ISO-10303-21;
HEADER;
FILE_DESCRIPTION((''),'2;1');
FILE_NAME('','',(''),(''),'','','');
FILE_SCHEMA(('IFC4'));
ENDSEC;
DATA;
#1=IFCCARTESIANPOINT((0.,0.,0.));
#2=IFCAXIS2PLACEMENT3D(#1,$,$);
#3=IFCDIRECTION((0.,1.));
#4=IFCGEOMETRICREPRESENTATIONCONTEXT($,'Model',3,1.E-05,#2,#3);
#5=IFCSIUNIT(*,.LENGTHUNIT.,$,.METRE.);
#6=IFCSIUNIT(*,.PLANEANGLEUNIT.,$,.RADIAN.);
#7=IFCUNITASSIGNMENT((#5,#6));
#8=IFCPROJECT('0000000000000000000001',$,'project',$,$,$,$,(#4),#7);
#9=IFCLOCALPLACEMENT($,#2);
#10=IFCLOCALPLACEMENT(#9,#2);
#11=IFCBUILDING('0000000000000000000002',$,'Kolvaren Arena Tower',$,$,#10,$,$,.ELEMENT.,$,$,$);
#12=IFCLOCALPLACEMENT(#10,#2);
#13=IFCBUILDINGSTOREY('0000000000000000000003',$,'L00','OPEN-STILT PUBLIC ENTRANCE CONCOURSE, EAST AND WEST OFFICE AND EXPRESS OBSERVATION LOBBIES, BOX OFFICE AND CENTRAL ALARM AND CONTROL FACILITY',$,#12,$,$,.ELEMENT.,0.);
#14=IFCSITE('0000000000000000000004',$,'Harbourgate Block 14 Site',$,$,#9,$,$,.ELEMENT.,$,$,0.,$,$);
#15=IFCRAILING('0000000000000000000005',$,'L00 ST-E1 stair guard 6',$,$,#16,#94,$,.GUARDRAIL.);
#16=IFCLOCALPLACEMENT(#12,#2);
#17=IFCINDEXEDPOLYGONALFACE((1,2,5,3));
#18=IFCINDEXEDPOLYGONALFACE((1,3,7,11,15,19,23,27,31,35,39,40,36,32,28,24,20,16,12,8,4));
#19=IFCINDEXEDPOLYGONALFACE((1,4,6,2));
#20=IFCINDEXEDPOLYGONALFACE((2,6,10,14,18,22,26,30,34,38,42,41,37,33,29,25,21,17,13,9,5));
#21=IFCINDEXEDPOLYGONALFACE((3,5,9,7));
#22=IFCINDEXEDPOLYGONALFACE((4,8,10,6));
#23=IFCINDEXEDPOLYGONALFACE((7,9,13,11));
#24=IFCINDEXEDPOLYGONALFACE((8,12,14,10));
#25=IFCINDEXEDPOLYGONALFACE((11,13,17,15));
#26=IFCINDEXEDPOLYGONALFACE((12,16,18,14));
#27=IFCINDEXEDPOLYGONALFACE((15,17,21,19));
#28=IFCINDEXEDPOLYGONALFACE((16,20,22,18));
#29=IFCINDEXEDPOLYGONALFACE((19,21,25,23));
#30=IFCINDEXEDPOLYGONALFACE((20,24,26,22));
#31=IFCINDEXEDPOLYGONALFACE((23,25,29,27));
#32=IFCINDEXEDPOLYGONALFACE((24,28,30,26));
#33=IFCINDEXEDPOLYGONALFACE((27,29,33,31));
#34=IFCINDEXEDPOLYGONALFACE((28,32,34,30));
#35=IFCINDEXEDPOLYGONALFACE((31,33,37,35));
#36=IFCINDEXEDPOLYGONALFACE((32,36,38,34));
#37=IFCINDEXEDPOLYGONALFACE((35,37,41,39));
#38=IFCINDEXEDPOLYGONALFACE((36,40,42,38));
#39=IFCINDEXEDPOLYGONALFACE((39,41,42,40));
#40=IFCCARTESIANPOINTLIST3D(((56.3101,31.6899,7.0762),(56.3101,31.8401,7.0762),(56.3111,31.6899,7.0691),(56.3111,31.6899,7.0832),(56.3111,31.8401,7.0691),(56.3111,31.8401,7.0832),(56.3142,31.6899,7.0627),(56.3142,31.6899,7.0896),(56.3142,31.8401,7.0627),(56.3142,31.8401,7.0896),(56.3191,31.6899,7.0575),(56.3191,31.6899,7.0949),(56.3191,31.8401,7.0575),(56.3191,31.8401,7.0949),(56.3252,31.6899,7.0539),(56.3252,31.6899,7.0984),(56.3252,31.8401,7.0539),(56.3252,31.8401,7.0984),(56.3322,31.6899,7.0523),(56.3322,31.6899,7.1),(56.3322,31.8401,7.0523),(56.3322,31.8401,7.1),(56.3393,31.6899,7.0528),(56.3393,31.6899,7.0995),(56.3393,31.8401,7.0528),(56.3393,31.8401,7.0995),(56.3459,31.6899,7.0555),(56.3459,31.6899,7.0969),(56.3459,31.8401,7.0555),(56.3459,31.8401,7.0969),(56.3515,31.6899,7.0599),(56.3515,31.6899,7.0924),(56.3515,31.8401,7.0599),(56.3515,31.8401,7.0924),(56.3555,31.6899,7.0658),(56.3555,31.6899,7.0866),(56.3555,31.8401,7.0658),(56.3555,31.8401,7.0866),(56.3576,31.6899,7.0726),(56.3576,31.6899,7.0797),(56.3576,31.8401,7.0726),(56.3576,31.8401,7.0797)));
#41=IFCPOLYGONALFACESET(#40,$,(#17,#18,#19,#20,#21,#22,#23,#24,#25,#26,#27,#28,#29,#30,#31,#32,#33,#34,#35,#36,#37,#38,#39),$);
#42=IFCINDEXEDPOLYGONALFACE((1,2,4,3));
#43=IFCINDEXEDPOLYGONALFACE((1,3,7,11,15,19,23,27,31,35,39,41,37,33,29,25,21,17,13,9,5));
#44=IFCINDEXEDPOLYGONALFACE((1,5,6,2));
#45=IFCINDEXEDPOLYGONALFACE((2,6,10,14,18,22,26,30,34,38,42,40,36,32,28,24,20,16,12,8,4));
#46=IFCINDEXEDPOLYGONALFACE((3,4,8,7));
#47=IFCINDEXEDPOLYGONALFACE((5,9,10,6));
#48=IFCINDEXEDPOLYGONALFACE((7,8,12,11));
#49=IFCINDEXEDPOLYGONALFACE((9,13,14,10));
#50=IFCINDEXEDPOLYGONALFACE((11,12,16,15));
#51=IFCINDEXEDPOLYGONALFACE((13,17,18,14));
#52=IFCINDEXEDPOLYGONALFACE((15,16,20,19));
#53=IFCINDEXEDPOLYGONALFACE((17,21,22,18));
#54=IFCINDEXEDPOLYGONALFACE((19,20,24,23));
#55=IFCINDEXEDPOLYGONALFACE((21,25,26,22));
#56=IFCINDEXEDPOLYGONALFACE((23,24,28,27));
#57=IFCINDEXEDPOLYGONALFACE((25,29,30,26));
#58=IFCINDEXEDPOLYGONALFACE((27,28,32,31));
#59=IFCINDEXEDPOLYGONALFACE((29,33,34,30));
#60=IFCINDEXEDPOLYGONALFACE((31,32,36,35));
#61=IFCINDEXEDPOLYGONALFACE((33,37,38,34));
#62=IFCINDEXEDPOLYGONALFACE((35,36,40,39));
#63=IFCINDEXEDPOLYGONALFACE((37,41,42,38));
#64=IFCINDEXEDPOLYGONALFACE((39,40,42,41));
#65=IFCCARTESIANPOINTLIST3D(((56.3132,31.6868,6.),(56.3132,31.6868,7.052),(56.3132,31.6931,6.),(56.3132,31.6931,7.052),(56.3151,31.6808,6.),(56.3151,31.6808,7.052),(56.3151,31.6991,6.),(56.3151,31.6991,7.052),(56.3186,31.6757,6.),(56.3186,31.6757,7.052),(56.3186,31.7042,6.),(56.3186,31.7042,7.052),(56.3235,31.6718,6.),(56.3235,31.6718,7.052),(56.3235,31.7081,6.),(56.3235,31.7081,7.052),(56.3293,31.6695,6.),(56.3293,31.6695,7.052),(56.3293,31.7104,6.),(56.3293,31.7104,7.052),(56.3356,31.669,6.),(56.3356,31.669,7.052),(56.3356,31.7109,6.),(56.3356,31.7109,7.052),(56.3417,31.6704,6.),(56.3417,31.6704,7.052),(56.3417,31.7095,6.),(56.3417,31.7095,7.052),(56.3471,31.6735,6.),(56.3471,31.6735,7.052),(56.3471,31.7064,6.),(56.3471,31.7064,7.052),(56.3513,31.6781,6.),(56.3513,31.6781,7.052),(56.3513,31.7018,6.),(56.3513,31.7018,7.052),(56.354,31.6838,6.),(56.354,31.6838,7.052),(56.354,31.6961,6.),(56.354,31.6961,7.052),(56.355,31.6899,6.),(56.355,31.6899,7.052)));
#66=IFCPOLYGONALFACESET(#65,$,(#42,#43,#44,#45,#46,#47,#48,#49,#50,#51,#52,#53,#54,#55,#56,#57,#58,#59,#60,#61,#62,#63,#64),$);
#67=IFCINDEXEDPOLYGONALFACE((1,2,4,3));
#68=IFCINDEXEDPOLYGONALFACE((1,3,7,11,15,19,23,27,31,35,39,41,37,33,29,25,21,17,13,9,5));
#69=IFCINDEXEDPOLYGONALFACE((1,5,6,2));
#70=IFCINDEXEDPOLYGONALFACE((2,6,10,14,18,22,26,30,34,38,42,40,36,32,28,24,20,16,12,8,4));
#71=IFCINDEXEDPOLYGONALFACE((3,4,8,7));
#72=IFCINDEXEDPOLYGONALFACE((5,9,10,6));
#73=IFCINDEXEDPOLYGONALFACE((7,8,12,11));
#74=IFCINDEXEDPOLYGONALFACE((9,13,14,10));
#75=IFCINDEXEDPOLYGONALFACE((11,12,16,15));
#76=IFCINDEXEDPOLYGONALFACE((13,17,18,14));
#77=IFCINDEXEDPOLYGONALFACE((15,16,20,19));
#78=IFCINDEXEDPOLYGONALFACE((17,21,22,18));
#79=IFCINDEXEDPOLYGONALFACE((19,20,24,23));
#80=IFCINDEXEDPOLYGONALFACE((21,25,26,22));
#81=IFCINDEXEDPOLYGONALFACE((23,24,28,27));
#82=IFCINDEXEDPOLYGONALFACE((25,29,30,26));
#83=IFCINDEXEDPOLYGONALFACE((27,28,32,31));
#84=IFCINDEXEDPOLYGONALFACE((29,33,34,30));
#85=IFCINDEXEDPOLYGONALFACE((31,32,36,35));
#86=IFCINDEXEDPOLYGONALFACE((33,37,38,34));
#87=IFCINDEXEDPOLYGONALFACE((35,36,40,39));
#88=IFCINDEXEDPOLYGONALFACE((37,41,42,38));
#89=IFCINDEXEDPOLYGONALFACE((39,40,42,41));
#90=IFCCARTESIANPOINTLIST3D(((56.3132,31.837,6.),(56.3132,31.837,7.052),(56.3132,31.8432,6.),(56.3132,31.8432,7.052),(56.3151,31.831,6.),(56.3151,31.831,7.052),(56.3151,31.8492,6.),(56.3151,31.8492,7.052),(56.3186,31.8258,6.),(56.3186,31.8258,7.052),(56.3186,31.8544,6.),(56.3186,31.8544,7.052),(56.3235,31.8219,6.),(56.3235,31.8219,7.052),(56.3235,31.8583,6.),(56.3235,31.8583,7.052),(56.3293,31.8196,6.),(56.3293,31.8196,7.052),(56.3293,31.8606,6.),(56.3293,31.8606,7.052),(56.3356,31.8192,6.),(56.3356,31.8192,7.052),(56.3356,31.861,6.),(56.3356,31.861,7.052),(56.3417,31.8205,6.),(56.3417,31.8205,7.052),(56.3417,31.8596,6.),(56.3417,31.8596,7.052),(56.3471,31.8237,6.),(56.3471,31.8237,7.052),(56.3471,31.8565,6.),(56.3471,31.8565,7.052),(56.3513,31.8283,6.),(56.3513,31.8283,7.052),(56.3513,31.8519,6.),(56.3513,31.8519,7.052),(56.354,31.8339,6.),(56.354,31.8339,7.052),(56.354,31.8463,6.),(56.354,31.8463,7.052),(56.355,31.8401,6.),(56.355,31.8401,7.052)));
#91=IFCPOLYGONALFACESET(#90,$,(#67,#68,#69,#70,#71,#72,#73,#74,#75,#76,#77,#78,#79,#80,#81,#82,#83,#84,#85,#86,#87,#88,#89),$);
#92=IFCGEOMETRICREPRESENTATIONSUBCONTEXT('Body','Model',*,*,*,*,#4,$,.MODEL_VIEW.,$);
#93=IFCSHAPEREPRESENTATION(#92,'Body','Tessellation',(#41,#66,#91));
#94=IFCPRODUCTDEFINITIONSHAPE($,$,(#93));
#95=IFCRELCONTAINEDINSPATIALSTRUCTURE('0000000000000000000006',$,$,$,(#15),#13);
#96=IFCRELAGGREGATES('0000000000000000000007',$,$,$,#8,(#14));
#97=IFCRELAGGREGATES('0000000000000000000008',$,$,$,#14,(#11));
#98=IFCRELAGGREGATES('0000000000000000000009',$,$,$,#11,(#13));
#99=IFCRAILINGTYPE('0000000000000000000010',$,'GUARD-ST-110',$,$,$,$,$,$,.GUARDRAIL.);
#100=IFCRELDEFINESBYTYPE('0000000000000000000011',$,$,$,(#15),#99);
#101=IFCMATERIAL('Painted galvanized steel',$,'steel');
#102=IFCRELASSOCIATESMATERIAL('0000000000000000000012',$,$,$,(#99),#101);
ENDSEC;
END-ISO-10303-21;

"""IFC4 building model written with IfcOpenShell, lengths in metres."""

from ifc_helpers import new_model, si_unit, direction, frame, origin, origin_2d, place, context, subcontext, project, spatial, circle, extrude, material, type_object, element, save


model = new_model("IFC4")

# Units and contexts
model_context = context("Model", 3, precision=1e-05, world=origin(), true_north=direction((0.0, 1.0)))
body_context = subcontext(model_context, "Body", "Model", "MODEL_VIEW")
ifc_project = project(units=[si_unit("LENGTHUNIT", "METRE"), si_unit("PLANEANGLEUNIT", "RADIAN")], contexts=[model_context])

# Site, building, storey
site_placement = place(None, origin())
site = spatial("IfcSite", under=ifc_project, at=site_placement, Name="Harbourgate Block 14 Site", CompositionType="ELEMENT", RefElevation=0.0)
building_placement = place(site_placement, origin())
building = spatial("IfcBuilding", under=site, at=building_placement, Name="Kolvaren Arena Tower", CompositionType="ELEMENT")
storey_placement = place(building_placement, origin())
storey = spatial("IfcBuildingStorey", under=building, at=storey_placement, Name="L00", Description="OPEN-STILT PUBLIC ENTRANCE CONCOURSE, EAST AND WEST OFFICE AND EXPRESS OBSERVATION LOBBIES, BOX OFFICE AND CENTRAL ALARM AND CONTROL FACILITY", CompositionType="ELEMENT", Elevation=0.0)

# Railing
ifc_material_1 = material(Name="Painted galvanized steel", Category="steel")
railing_type_1 = type_object("IfcRailingType", Name="GUARD-ST-110", PredefinedType="GUARDRAIL", material=ifc_material_1)
railing_1_placement = place(storey_placement, frame((56.334, 31.6899, 6.0)))
element("IfcRailing", 1, at=railing_1_placement, inside=storey, type_object=railing_type_1, Name="L00 ST-E1 stair guard 6", PredefinedType="GUARDRAIL", context=body_context, shape_type="SweptSolid", body=[
    extrude(circle(Radius=0.0239, at=origin_2d()), frame((0.0, 0.0, 1.0762), z_axis=(0.0, 1.0, 0.0), x_axis=(-1.0, 0.0, 0.0)), (0.0, 0.0, 1.0), 0.1501),
    extrude(circle(Radius=0.021, at=origin_2d()), origin(), (0.0, 0.0, 1.0), 1.052),
    extrude(circle(Radius=0.021, at=origin_2d()), frame((0.0, 0.1501, 0.0)), (0.0, 0.0, 1.0), 1.052),
])

save(model, "model.ifc")
